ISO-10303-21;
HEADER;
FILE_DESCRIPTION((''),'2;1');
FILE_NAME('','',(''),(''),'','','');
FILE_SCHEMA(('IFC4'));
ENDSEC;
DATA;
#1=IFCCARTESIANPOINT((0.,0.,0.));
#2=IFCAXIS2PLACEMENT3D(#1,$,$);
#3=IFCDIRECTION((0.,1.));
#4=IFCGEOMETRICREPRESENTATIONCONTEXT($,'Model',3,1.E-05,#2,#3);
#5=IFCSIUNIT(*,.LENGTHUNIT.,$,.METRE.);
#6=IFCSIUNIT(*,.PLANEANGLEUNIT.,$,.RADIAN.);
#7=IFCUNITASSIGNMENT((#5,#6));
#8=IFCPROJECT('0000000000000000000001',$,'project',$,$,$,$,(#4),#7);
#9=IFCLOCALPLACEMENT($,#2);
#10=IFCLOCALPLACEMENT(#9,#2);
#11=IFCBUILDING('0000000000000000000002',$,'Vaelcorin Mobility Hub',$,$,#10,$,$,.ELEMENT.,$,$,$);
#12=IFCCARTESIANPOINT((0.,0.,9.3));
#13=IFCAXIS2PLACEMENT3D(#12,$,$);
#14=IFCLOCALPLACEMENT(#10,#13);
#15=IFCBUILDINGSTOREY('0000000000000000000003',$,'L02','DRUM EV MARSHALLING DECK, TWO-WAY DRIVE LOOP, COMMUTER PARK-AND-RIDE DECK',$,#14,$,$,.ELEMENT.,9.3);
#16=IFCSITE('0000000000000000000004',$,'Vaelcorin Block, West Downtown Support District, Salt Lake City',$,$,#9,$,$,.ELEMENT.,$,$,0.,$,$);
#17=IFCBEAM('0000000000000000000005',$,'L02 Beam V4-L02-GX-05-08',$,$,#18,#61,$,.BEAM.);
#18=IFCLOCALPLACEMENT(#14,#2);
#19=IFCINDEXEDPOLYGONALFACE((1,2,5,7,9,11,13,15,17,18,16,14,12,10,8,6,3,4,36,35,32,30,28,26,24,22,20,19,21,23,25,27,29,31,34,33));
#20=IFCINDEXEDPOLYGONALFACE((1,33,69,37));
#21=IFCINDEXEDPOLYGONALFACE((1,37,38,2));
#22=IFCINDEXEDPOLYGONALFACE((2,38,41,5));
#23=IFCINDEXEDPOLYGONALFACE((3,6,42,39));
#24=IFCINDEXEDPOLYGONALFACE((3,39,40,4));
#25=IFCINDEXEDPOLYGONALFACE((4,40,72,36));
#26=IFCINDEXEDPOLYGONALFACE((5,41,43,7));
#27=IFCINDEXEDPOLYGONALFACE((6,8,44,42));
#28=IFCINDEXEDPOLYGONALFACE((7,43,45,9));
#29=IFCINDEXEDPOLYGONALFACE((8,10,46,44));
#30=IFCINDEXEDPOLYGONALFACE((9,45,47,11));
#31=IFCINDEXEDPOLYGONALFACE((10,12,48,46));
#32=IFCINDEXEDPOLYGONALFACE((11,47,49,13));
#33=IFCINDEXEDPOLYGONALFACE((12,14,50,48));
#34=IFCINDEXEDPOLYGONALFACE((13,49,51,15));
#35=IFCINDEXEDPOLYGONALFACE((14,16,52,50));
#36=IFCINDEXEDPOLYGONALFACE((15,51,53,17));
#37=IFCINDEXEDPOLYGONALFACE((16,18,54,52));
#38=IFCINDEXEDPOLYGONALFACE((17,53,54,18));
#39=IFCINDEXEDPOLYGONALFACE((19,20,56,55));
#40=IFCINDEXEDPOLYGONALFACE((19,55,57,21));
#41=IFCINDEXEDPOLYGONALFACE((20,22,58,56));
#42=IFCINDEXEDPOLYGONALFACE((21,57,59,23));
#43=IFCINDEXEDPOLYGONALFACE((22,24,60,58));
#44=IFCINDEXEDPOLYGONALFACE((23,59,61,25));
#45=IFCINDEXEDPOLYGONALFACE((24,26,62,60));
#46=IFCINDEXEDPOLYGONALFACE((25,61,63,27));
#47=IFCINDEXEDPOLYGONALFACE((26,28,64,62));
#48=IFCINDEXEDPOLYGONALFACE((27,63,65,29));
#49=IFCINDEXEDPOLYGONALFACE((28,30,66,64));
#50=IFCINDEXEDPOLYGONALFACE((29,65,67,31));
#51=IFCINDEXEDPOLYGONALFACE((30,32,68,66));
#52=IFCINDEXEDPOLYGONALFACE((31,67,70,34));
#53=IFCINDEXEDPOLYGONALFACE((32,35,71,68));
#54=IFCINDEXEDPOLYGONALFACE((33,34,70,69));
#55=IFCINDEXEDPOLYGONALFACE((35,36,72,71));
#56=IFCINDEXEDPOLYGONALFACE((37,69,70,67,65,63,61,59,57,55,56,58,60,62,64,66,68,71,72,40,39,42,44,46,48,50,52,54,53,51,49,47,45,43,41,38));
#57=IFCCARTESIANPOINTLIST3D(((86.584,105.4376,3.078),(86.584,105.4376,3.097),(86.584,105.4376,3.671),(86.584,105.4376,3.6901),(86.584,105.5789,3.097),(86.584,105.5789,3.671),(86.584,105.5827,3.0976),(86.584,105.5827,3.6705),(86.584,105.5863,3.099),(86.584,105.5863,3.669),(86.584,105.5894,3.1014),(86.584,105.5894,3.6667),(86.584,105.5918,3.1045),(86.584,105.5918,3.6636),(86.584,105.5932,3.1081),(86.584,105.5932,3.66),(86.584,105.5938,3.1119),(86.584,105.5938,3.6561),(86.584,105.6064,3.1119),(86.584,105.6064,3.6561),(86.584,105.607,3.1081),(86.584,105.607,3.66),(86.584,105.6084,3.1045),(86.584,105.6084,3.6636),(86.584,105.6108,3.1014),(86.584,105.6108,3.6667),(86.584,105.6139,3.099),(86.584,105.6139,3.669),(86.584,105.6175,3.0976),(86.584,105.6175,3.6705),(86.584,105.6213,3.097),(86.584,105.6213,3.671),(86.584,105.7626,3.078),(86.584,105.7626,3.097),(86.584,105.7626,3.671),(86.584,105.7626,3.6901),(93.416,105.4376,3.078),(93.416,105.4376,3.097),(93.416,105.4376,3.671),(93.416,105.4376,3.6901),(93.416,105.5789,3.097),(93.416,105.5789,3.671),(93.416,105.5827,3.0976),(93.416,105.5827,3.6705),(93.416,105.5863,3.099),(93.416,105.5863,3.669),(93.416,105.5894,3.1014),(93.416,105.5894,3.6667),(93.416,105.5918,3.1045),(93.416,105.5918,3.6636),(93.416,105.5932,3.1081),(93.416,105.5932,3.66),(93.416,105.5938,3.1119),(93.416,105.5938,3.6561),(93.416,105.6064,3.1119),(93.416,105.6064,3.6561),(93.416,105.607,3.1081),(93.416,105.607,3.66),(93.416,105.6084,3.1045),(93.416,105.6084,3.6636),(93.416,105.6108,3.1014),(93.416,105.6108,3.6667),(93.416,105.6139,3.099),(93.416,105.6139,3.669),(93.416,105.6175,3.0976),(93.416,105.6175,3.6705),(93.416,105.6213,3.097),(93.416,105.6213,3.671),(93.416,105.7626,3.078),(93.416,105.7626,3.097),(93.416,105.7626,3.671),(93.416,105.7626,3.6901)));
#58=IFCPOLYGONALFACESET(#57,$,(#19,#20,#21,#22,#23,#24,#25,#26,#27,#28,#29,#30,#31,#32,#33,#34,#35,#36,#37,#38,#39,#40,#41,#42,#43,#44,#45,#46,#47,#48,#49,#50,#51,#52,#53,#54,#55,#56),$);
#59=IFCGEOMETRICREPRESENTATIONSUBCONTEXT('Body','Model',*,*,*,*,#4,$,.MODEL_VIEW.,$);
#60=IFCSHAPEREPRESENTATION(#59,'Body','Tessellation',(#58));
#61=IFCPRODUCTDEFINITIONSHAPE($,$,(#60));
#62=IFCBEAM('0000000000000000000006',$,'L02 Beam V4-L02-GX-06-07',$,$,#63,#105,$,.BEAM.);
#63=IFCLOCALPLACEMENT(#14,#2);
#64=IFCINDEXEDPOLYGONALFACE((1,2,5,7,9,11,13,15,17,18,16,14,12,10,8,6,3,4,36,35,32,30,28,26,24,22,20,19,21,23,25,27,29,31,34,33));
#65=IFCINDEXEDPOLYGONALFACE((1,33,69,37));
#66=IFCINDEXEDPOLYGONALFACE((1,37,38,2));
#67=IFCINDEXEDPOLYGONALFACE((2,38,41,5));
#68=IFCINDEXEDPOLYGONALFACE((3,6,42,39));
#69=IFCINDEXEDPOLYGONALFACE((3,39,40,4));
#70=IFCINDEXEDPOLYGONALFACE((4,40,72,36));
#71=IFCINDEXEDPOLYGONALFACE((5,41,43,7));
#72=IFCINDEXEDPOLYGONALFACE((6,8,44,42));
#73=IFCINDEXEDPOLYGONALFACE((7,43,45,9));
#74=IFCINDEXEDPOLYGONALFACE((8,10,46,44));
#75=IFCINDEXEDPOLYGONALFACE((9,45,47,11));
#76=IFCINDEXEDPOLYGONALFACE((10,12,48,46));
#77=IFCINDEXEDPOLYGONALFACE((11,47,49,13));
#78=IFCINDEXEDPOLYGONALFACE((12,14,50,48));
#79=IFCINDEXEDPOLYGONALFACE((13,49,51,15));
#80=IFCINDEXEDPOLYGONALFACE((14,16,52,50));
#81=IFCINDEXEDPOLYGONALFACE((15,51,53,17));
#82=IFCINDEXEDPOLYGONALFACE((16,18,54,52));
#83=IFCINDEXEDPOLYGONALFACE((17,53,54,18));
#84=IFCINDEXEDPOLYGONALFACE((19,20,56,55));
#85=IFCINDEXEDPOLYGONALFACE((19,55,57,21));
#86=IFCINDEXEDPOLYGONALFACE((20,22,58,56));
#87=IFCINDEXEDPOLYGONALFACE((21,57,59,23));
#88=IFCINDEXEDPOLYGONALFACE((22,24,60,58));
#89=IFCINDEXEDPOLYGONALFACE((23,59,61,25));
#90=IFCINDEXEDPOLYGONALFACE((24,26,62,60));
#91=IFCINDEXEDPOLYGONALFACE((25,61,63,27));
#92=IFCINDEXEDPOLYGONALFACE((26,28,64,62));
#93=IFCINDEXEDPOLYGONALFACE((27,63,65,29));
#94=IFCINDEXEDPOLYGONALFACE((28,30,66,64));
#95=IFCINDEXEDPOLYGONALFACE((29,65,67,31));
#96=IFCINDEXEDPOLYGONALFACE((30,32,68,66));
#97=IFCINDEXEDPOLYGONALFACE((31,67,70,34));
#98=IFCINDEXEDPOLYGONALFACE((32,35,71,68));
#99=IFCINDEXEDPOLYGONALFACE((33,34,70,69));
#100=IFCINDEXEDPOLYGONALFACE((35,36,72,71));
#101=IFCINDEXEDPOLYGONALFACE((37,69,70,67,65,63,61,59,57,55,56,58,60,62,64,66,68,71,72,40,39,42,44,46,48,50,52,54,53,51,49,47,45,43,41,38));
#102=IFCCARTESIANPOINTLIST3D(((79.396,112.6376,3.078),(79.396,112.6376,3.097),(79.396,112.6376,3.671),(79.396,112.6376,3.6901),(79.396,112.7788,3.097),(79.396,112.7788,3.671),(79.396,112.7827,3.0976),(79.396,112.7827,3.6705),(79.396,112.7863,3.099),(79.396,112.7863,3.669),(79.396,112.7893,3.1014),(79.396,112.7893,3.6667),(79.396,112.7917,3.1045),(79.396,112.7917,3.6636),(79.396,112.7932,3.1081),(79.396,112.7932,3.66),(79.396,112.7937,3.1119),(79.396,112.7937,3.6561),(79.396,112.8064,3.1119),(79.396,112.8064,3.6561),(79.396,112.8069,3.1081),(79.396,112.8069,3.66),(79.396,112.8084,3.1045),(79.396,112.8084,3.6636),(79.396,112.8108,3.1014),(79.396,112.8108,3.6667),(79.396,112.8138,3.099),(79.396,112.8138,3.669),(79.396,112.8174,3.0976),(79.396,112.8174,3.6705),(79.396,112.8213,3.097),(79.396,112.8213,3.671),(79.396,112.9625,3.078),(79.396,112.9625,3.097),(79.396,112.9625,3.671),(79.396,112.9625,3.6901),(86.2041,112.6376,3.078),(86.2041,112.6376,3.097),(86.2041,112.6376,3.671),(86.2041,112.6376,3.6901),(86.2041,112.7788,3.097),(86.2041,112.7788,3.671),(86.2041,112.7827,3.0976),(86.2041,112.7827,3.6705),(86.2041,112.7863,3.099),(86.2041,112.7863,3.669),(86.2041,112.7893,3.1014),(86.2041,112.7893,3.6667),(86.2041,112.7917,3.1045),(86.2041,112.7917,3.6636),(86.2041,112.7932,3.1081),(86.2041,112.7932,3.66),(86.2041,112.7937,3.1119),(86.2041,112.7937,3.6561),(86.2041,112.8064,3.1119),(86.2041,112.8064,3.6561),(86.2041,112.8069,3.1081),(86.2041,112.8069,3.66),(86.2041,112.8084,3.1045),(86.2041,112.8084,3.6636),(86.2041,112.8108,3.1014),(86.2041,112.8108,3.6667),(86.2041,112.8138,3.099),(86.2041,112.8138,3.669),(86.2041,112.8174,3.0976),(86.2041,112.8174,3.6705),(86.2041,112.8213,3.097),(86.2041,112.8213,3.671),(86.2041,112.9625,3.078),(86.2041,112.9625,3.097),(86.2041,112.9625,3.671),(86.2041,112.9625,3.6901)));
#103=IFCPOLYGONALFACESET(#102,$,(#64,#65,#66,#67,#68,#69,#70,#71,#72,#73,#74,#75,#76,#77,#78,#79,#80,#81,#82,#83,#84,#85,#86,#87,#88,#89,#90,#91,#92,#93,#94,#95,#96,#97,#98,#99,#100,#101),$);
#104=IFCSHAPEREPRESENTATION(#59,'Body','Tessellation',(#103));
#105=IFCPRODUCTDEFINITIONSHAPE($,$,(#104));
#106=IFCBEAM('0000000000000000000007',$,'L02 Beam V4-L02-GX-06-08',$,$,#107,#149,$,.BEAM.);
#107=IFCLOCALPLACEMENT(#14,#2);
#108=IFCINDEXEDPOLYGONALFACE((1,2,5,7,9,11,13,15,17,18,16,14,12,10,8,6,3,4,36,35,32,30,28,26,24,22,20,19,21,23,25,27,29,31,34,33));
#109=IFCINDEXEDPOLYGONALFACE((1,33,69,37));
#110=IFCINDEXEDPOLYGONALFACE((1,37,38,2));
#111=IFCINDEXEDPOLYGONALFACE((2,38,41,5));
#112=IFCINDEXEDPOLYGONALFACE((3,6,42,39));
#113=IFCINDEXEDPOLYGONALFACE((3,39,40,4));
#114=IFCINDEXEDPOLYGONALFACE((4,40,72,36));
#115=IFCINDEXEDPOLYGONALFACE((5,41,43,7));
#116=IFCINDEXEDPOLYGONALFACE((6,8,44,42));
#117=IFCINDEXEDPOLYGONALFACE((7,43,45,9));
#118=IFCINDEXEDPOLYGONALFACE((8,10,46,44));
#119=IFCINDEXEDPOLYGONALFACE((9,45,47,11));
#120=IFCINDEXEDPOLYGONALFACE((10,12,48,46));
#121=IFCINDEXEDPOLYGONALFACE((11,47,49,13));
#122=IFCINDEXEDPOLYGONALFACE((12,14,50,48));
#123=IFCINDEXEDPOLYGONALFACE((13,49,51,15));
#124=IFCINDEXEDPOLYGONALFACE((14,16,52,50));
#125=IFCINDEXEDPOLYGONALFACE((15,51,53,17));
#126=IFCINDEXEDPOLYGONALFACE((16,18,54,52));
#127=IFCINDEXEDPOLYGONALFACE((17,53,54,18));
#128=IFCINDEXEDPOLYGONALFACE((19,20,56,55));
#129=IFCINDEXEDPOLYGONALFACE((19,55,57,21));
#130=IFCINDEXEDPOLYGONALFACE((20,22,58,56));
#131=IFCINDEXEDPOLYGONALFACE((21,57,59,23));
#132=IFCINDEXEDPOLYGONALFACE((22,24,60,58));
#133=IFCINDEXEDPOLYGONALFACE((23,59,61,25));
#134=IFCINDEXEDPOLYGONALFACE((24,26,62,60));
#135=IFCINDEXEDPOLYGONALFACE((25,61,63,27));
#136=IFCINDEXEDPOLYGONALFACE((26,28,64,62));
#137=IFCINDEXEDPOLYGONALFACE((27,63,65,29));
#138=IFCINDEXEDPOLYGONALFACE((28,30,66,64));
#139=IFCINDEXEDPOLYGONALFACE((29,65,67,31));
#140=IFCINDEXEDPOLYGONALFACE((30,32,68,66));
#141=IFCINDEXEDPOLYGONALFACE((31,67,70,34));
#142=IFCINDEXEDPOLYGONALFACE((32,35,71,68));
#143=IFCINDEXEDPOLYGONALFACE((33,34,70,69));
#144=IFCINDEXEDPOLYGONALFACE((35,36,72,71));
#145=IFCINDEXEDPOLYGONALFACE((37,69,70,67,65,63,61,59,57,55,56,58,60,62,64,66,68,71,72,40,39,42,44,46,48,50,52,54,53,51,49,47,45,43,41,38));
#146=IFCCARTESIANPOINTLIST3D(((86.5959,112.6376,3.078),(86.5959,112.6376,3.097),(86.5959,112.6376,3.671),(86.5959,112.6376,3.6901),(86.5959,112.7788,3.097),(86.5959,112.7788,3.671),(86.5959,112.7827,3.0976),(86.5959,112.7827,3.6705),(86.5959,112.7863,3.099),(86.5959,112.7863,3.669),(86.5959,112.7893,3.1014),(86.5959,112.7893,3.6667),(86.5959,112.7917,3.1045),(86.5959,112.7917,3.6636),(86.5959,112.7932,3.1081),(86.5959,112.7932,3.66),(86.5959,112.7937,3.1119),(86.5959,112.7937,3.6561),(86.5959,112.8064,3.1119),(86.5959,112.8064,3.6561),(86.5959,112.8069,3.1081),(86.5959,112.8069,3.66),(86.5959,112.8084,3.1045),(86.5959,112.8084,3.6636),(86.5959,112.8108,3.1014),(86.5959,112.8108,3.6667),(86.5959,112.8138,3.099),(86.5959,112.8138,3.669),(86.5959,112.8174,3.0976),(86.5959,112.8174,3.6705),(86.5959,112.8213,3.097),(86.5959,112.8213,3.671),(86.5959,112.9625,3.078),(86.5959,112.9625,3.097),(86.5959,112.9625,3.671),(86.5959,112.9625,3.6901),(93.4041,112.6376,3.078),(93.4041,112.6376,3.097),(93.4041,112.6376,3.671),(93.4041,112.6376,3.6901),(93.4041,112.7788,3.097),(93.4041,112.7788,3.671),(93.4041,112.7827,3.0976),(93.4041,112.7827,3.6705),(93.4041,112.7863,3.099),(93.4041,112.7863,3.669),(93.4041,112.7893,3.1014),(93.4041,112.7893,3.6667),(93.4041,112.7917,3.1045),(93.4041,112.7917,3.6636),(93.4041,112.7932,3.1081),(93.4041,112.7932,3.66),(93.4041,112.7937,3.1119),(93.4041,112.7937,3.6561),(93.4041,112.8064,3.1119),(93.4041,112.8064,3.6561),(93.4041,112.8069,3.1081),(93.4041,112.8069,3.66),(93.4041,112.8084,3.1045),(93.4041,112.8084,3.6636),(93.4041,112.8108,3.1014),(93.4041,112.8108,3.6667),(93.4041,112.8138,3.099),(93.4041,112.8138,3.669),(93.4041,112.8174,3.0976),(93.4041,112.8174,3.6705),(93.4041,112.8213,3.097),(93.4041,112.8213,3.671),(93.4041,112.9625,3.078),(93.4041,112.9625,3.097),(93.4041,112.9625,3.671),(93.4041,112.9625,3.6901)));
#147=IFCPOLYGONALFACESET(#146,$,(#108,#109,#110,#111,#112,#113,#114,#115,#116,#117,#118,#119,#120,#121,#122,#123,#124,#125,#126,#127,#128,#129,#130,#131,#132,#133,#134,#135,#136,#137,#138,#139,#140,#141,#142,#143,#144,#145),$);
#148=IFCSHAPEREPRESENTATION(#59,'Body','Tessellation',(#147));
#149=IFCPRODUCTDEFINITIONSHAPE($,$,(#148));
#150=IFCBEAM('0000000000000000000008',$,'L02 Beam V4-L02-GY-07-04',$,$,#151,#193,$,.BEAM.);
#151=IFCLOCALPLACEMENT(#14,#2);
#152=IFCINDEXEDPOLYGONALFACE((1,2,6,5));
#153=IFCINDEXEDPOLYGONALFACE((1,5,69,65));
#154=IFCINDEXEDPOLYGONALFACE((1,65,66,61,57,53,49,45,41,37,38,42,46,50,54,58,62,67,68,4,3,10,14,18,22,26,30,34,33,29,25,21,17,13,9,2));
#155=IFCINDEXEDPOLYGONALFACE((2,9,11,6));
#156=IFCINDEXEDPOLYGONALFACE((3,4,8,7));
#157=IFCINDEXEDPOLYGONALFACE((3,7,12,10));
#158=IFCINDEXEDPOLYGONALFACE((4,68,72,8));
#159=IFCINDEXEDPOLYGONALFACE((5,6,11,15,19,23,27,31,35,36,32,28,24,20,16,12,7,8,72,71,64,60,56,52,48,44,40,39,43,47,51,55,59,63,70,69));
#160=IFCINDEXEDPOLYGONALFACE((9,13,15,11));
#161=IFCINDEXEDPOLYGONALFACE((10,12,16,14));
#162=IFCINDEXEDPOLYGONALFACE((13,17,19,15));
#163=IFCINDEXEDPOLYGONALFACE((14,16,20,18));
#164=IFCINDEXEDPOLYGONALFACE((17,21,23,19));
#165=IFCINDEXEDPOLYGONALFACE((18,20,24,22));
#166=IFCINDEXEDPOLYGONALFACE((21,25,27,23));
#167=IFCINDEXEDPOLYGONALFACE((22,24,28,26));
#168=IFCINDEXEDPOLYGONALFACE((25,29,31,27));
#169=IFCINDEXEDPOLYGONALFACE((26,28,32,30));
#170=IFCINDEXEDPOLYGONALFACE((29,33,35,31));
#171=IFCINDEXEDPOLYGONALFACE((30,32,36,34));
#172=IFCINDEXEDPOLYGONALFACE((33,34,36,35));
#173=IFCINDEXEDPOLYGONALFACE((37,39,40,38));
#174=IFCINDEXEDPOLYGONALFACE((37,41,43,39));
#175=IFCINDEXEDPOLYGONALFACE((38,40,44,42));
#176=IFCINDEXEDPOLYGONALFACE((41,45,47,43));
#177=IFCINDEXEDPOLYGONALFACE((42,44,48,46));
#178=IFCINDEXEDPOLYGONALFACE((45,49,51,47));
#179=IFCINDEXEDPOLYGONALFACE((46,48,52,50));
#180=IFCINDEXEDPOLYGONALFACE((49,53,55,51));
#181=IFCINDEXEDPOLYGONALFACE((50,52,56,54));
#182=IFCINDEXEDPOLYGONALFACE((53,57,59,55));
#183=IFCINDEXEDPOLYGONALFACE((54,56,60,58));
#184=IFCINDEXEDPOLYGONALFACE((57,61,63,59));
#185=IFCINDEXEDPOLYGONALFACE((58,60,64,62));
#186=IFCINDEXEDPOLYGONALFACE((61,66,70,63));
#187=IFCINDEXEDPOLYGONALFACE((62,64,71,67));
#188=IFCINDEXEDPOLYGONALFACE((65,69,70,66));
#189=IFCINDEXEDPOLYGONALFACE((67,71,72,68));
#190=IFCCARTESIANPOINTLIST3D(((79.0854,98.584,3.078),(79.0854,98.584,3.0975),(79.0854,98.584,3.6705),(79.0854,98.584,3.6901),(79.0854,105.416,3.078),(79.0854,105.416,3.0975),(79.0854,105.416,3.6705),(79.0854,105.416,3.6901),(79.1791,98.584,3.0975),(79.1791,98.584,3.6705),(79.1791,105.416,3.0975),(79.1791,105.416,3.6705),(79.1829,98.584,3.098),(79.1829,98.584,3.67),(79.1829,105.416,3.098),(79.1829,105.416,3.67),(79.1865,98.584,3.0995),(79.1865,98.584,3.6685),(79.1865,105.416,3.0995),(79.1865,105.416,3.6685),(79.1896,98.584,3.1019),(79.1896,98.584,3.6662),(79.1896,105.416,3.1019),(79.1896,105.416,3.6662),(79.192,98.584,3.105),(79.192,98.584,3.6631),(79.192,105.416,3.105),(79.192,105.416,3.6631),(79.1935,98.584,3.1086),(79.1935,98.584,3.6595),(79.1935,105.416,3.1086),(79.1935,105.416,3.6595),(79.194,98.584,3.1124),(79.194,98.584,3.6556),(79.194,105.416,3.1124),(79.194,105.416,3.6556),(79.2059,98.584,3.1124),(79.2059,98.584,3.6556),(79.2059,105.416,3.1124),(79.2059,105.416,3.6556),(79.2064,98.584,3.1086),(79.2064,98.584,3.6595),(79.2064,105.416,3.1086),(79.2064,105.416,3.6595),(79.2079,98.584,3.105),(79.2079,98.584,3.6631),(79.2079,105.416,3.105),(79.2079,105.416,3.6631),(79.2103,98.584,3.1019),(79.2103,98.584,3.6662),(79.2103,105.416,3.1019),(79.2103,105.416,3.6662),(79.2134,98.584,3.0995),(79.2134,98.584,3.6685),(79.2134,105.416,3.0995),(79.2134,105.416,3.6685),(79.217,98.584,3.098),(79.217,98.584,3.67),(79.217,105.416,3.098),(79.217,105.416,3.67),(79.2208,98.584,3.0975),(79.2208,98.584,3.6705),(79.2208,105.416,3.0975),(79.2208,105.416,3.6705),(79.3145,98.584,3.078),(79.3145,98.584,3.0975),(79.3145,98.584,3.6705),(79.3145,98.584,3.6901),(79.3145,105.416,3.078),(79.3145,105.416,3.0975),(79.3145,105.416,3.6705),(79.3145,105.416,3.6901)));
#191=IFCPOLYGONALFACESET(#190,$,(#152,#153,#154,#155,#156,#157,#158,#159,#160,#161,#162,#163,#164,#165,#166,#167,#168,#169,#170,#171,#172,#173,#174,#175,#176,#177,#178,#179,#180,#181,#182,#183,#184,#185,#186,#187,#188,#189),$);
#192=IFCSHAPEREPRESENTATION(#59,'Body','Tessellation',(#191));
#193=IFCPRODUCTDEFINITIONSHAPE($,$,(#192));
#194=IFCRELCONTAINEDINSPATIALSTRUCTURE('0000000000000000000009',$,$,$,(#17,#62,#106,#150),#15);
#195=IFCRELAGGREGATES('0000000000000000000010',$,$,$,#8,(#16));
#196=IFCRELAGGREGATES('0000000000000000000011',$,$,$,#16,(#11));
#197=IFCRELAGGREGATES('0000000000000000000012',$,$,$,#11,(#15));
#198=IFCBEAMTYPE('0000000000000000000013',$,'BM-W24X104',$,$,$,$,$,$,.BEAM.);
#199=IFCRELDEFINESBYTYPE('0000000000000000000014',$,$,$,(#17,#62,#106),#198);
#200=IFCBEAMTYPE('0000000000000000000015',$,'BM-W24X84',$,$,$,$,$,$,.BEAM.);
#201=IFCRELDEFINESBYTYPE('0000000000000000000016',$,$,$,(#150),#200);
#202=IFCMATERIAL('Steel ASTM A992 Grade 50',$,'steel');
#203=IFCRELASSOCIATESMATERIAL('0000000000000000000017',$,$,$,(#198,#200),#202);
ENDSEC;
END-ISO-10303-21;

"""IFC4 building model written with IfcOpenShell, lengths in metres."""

from ifc_helpers import new_model, si_unit, direction, frame, origin, origin_2d, place, context, subcontext, project, spatial, i_section, extrude, material, material_profile, profile_set, type_object, element, save


model = new_model("IFC4")

# Units and contexts
model_context = context("Model", 3, precision=1e-05, world=origin(), true_north=direction((0.0, 1.0)))
body_context = subcontext(model_context, "Body", "Model", "MODEL_VIEW")
ifc_project = project(units=[si_unit("LENGTHUNIT", "METRE"), si_unit("PLANEANGLEUNIT", "RADIAN")], contexts=[model_context])

# Site, building, storey
site_placement = place(None, origin())
site = spatial("IfcSite", under=ifc_project, at=site_placement, Name="Vaelcorin Block, West Downtown Support District, Salt Lake City", CompositionType="ELEMENT", RefElevation=0.0)
building_placement = place(site_placement, origin())
building = spatial("IfcBuilding", under=site, at=building_placement, Name="Vaelcorin Mobility Hub", CompositionType="ELEMENT")
storey_placement = place(building_placement, frame((0.0, 0.0, 9.3)))
storey = spatial("IfcBuildingStorey", under=building, at=storey_placement, Name="L02", Description="DRUM EV MARSHALLING DECK, TWO-WAY DRIVE LOOP, COMMUTER PARK-AND-RIDE DECK", CompositionType="ELEMENT", Elevation=9.3)

# Shared definitions
ifc_material_1 = material(Name="Steel ASTM A992 Grade 50", Category="steel")

# Beams
ifc_material_profile_1 = material_profile(ifc_material_1, i_section(OverallWidth=0.325, OverallDepth=0.6121, WebThickness=0.0127, FlangeThickness=0.019, FilletRadius=0.0149, at=origin_2d()), Name="W24X104")
ifc_profile_set_1 = profile_set([ifc_material_profile_1], Name="Steel ASTM A992 Grade 50")
beam_type_1 = type_object("IfcBeamType", Name="BM-W24X104", PredefinedType="BEAM", material=ifc_profile_set_1)
for number, where, z_axis, x_axis, name in (
    (1, (86.584, 105.6001, 3.384), (1.0, 0.0, 0.0), (0.0, 1.0, 0.0), "L02 Beam V4-L02-GX-05-08"),
):
    element("IfcBeam", number, at=place(storey_placement, frame(where, z_axis=z_axis, x_axis=x_axis)), inside=storey, type_object=beam_type_1, Name=name, PredefinedType="BEAM", context=body_context, shape_type="SweptSolid", body=[
        extrude(i_section(OverallWidth=0.325, OverallDepth=0.6121, WebThickness=0.0127, FlangeThickness=0.019, FilletRadius=0.0149, at=origin_2d()), origin(), (0.0, 0.0, 1.0), 6.832),
    ])
for number, where, z_axis, x_axis, name in (
    (2, (79.396, 112.8, 3.384), (1.0, 0.0, 0.0), (0.0, 1.0, 0.0), "L02 Beam V4-L02-GX-06-07"),
    (3, (86.5959, 112.8, 3.384), (1.0, 0.0, 0.0), (0.0, 1.0, 0.0), "L02 Beam V4-L02-GX-06-08"),
):
    element("IfcBeam", number, at=place(storey_placement, frame(where, z_axis=z_axis, x_axis=x_axis)), inside=storey, type_object=beam_type_1, Name=name, PredefinedType="BEAM", context=body_context, shape_type="SweptSolid", body=[
        extrude(i_section(OverallWidth=0.325, OverallDepth=0.6121, WebThickness=0.0127, FlangeThickness=0.019, FilletRadius=0.0149, at=origin_2d()), origin(), (0.0, 0.0, 1.0), 6.8081),
    ])
ifc_material_profile_2 = material_profile(ifc_material_1, i_section(OverallWidth=0.229, OverallDepth=0.6121, WebThickness=0.012, FlangeThickness=0.0195, FilletRadius=0.0149, at=origin_2d()), Name="W24X84")
ifc_profile_set_2 = profile_set([ifc_material_profile_2], Name="Steel ASTM A992 Grade 50")
beam_type_2 = type_object("IfcBeamType", Name="BM-W24X84", PredefinedType="BEAM", material=ifc_profile_set_2)
beam_1_placement = place(storey_placement, frame((79.2, 98.584, 3.384), z_axis=(0.0, 1.0, 0.0), x_axis=(-1.0, 0.0, 0.0)))
element("IfcBeam", 4, at=beam_1_placement, inside=storey, type_object=beam_type_2, Name="L02 Beam V4-L02-GY-07-04", PredefinedType="BEAM", context=body_context, shape_type="SweptSolid", body=[
    extrude(i_section(OverallWidth=0.229, OverallDepth=0.6121, WebThickness=0.012, FlangeThickness=0.0195, FilletRadius=0.0149, at=origin_2d()), origin(), (0.0, 0.0, 1.0), 6.832),
])

save(model, "model.ifc")
